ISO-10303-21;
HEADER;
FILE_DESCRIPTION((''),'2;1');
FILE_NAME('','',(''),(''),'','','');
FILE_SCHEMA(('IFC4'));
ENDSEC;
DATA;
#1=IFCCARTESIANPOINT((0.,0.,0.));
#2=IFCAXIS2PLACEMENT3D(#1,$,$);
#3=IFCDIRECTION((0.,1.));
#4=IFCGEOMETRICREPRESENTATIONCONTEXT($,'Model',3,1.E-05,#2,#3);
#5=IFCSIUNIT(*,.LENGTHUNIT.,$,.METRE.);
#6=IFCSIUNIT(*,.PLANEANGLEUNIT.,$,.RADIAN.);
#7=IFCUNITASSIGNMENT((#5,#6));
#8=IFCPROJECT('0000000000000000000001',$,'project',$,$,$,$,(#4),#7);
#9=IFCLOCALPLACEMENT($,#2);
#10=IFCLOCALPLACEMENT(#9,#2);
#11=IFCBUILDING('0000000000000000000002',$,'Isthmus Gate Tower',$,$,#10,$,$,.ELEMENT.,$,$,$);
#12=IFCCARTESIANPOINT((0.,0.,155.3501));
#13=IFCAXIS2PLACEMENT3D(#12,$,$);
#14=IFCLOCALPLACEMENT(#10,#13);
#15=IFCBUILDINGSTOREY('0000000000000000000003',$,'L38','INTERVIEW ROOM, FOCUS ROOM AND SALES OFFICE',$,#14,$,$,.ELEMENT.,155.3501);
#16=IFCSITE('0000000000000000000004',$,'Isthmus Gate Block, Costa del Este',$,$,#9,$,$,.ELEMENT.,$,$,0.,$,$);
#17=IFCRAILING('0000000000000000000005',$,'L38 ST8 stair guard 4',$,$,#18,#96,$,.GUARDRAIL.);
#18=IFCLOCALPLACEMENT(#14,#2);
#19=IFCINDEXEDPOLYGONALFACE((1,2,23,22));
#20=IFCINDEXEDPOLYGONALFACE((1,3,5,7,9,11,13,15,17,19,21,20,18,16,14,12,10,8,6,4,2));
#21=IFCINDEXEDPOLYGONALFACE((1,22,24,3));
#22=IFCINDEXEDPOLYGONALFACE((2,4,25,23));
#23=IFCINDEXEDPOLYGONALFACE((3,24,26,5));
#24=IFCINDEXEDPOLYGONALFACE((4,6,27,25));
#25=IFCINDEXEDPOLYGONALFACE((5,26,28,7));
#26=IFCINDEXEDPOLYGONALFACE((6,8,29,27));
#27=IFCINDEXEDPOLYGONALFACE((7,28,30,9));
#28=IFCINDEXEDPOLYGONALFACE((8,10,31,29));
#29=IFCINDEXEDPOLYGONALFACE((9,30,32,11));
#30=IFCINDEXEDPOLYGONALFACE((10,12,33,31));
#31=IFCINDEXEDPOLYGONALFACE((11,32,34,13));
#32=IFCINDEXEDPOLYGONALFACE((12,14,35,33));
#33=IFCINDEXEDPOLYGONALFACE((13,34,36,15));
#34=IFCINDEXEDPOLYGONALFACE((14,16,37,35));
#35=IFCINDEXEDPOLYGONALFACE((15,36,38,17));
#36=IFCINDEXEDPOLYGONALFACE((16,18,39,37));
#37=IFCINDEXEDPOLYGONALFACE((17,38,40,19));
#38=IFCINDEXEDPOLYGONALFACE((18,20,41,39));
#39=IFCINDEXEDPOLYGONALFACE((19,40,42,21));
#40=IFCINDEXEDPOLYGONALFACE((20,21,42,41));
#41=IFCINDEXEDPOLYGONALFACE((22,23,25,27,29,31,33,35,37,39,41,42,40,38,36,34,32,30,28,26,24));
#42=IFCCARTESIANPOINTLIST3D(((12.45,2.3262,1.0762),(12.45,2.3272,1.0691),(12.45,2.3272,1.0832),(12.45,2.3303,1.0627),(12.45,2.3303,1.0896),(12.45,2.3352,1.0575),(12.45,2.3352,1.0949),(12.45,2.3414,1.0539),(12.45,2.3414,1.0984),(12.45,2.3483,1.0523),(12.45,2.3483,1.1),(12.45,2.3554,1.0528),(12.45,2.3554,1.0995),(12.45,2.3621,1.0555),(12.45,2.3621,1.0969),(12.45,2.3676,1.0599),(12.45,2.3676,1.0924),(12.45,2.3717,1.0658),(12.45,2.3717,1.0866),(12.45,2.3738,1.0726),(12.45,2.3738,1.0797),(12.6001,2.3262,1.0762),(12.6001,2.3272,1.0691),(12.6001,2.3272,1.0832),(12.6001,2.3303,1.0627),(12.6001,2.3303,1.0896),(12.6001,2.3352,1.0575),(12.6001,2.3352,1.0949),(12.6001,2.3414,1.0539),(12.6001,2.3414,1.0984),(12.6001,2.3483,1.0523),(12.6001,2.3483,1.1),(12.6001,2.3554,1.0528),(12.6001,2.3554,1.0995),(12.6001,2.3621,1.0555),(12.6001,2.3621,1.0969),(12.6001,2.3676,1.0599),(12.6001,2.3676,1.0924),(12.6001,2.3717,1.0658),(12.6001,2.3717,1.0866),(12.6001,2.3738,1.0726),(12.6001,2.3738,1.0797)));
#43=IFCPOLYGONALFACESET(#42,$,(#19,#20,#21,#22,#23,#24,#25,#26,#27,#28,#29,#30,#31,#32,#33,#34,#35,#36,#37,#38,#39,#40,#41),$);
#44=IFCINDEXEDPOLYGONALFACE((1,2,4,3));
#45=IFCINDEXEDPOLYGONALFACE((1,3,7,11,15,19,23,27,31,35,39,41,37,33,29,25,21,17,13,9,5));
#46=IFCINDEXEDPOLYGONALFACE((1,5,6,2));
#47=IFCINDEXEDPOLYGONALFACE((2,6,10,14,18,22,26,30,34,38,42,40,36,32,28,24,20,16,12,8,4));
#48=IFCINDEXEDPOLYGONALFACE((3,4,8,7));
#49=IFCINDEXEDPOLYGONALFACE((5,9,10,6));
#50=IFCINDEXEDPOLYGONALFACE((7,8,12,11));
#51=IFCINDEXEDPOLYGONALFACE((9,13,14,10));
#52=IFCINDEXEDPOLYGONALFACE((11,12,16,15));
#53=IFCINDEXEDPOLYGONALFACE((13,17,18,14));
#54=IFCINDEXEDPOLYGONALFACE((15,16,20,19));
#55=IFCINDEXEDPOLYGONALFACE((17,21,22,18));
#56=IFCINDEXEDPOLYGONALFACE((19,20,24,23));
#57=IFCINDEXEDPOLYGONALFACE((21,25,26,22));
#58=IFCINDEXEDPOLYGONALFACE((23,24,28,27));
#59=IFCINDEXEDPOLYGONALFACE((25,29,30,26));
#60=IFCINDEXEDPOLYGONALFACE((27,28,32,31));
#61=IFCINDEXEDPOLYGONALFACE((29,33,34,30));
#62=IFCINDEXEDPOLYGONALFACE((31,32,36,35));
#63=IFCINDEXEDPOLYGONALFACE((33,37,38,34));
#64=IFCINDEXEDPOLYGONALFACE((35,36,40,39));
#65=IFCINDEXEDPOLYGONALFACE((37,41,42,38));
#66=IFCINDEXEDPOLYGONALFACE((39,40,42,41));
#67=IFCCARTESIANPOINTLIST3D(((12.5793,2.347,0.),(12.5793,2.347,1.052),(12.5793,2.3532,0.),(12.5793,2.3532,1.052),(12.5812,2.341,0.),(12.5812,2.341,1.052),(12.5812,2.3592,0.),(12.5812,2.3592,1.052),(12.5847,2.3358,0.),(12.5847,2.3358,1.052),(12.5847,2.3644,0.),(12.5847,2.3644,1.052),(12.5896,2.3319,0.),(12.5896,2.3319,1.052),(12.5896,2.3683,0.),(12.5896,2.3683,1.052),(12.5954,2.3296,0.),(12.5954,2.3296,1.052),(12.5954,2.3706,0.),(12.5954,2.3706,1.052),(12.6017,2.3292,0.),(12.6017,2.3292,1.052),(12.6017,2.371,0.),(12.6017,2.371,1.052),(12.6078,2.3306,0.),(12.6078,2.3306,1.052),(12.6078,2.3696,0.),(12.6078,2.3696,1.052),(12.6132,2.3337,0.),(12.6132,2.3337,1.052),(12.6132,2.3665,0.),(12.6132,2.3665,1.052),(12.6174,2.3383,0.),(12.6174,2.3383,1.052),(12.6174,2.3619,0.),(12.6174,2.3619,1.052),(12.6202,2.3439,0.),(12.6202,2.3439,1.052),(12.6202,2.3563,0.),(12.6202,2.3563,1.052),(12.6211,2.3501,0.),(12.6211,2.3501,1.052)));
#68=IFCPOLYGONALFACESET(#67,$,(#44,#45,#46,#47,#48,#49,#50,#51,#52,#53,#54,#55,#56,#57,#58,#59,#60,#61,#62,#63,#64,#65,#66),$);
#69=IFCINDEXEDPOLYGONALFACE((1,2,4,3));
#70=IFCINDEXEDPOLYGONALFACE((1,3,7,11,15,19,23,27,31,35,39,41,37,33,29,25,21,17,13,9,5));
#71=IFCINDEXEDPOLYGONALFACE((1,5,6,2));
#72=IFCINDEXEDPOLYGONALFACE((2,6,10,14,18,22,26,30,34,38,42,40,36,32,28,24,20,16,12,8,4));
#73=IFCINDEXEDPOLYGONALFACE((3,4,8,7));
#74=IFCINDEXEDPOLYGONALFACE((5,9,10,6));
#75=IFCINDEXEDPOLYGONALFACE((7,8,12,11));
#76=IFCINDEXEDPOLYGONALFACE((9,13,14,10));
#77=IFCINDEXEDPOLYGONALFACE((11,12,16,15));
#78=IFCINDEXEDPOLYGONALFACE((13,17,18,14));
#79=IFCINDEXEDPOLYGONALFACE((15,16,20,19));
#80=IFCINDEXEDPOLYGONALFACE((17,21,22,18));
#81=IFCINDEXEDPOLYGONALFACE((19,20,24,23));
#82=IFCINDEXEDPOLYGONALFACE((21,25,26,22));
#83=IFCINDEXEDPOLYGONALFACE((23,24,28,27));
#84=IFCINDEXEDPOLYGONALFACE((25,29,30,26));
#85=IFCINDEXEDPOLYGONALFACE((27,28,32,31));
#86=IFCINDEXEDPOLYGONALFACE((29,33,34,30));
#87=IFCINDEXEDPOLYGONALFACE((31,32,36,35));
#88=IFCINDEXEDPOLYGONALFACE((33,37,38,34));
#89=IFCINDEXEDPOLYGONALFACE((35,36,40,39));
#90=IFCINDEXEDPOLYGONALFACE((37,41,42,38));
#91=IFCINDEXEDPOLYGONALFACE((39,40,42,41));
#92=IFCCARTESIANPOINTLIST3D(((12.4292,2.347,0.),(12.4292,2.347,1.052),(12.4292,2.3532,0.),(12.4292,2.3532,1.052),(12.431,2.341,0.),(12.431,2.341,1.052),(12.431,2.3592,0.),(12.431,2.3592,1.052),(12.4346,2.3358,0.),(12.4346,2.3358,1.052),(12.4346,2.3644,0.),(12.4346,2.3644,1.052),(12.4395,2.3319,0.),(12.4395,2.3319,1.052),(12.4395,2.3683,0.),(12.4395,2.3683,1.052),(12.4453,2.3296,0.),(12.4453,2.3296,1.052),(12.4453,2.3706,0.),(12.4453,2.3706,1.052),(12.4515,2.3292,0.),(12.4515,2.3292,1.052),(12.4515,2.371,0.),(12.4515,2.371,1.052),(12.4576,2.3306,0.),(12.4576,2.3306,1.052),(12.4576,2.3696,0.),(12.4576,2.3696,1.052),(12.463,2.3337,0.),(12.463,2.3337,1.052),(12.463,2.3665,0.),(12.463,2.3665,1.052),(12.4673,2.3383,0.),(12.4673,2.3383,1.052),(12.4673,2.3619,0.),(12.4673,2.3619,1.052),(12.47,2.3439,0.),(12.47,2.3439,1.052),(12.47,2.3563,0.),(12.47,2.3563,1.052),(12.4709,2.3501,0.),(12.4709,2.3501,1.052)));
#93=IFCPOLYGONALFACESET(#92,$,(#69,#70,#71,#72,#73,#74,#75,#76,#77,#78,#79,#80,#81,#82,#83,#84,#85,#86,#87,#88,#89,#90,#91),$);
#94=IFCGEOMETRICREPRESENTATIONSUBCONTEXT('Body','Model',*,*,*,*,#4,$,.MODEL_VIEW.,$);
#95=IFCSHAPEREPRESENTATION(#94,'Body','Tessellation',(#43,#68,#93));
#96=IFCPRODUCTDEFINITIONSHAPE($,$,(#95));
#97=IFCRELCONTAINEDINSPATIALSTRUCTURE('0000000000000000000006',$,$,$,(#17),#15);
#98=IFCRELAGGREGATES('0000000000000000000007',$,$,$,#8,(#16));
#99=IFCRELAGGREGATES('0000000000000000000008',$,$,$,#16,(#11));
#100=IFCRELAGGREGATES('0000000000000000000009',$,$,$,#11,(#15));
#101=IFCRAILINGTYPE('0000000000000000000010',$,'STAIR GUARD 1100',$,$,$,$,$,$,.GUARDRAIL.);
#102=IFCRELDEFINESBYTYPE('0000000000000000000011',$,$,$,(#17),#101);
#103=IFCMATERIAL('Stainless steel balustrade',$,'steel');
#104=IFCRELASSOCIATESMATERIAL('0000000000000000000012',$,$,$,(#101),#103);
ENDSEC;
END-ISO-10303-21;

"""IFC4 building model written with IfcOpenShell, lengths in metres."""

from ifc_helpers import new_model, si_unit, direction, frame, origin, origin_2d, place, context, subcontext, project, spatial, circle, extrude, material, type_object, element, save


model = new_model("IFC4")

# Units and contexts
model_context = context("Model", 3, precision=1e-05, world=origin(), true_north=direction((0.0, 1.0)))
body_context = subcontext(model_context, "Body", "Model", "MODEL_VIEW")
ifc_project = project(units=[si_unit("LENGTHUNIT", "METRE"), si_unit("PLANEANGLEUNIT", "RADIAN")], contexts=[model_context])

# Site, building, storey
site_placement = place(None, origin())
site = spatial("IfcSite", under=ifc_project, at=site_placement, Name="Isthmus Gate Block, Costa del Este", CompositionType="ELEMENT", RefElevation=0.0)
building_placement = place(site_placement, origin())
building = spatial("IfcBuilding", under=site, at=building_placement, Name="Isthmus Gate Tower", CompositionType="ELEMENT")
storey_placement = place(building_placement, frame((0.0, 0.0, 155.3501)))
storey = spatial("IfcBuildingStorey", under=building, at=storey_placement, Name="L38", Description="INTERVIEW ROOM, FOCUS ROOM AND SALES OFFICE", CompositionType="ELEMENT", Elevation=155.3501)

# Railing
ifc_material_1 = material(Name="Stainless steel balustrade", Category="steel")
railing_type_1 = type_object("IfcRailingType", Name="STAIR GUARD 1100", PredefinedType="GUARDRAIL", material=ifc_material_1)
railing_1_placement = place(storey_placement, frame((12.6001, 2.3501, 0.0)))
element("IfcRailing", 1, at=railing_1_placement, inside=storey, type_object=railing_type_1, Name="L38 ST8 stair guard 4", PredefinedType="GUARDRAIL", context=body_context, shape_type="SweptSolid", body=[
    extrude(circle(Radius=0.0239, at=origin_2d()), frame((0.0, 0.0, 1.0762), z_axis=(-1.0, 0.0, 0.0), x_axis=(0.0, -1.0, 0.0)), (0.0, 0.0, 1.0), 0.1501),
    extrude(circle(Radius=0.021, at=origin_2d()), origin(), (0.0, 0.0, 1.0), 1.052),
    extrude(circle(Radius=0.021, at=origin_2d()), frame((-0.1501, 0.0, 0.0)), (0.0, 0.0, 1.0), 1.052),
])

save(model, "model.ifc")
